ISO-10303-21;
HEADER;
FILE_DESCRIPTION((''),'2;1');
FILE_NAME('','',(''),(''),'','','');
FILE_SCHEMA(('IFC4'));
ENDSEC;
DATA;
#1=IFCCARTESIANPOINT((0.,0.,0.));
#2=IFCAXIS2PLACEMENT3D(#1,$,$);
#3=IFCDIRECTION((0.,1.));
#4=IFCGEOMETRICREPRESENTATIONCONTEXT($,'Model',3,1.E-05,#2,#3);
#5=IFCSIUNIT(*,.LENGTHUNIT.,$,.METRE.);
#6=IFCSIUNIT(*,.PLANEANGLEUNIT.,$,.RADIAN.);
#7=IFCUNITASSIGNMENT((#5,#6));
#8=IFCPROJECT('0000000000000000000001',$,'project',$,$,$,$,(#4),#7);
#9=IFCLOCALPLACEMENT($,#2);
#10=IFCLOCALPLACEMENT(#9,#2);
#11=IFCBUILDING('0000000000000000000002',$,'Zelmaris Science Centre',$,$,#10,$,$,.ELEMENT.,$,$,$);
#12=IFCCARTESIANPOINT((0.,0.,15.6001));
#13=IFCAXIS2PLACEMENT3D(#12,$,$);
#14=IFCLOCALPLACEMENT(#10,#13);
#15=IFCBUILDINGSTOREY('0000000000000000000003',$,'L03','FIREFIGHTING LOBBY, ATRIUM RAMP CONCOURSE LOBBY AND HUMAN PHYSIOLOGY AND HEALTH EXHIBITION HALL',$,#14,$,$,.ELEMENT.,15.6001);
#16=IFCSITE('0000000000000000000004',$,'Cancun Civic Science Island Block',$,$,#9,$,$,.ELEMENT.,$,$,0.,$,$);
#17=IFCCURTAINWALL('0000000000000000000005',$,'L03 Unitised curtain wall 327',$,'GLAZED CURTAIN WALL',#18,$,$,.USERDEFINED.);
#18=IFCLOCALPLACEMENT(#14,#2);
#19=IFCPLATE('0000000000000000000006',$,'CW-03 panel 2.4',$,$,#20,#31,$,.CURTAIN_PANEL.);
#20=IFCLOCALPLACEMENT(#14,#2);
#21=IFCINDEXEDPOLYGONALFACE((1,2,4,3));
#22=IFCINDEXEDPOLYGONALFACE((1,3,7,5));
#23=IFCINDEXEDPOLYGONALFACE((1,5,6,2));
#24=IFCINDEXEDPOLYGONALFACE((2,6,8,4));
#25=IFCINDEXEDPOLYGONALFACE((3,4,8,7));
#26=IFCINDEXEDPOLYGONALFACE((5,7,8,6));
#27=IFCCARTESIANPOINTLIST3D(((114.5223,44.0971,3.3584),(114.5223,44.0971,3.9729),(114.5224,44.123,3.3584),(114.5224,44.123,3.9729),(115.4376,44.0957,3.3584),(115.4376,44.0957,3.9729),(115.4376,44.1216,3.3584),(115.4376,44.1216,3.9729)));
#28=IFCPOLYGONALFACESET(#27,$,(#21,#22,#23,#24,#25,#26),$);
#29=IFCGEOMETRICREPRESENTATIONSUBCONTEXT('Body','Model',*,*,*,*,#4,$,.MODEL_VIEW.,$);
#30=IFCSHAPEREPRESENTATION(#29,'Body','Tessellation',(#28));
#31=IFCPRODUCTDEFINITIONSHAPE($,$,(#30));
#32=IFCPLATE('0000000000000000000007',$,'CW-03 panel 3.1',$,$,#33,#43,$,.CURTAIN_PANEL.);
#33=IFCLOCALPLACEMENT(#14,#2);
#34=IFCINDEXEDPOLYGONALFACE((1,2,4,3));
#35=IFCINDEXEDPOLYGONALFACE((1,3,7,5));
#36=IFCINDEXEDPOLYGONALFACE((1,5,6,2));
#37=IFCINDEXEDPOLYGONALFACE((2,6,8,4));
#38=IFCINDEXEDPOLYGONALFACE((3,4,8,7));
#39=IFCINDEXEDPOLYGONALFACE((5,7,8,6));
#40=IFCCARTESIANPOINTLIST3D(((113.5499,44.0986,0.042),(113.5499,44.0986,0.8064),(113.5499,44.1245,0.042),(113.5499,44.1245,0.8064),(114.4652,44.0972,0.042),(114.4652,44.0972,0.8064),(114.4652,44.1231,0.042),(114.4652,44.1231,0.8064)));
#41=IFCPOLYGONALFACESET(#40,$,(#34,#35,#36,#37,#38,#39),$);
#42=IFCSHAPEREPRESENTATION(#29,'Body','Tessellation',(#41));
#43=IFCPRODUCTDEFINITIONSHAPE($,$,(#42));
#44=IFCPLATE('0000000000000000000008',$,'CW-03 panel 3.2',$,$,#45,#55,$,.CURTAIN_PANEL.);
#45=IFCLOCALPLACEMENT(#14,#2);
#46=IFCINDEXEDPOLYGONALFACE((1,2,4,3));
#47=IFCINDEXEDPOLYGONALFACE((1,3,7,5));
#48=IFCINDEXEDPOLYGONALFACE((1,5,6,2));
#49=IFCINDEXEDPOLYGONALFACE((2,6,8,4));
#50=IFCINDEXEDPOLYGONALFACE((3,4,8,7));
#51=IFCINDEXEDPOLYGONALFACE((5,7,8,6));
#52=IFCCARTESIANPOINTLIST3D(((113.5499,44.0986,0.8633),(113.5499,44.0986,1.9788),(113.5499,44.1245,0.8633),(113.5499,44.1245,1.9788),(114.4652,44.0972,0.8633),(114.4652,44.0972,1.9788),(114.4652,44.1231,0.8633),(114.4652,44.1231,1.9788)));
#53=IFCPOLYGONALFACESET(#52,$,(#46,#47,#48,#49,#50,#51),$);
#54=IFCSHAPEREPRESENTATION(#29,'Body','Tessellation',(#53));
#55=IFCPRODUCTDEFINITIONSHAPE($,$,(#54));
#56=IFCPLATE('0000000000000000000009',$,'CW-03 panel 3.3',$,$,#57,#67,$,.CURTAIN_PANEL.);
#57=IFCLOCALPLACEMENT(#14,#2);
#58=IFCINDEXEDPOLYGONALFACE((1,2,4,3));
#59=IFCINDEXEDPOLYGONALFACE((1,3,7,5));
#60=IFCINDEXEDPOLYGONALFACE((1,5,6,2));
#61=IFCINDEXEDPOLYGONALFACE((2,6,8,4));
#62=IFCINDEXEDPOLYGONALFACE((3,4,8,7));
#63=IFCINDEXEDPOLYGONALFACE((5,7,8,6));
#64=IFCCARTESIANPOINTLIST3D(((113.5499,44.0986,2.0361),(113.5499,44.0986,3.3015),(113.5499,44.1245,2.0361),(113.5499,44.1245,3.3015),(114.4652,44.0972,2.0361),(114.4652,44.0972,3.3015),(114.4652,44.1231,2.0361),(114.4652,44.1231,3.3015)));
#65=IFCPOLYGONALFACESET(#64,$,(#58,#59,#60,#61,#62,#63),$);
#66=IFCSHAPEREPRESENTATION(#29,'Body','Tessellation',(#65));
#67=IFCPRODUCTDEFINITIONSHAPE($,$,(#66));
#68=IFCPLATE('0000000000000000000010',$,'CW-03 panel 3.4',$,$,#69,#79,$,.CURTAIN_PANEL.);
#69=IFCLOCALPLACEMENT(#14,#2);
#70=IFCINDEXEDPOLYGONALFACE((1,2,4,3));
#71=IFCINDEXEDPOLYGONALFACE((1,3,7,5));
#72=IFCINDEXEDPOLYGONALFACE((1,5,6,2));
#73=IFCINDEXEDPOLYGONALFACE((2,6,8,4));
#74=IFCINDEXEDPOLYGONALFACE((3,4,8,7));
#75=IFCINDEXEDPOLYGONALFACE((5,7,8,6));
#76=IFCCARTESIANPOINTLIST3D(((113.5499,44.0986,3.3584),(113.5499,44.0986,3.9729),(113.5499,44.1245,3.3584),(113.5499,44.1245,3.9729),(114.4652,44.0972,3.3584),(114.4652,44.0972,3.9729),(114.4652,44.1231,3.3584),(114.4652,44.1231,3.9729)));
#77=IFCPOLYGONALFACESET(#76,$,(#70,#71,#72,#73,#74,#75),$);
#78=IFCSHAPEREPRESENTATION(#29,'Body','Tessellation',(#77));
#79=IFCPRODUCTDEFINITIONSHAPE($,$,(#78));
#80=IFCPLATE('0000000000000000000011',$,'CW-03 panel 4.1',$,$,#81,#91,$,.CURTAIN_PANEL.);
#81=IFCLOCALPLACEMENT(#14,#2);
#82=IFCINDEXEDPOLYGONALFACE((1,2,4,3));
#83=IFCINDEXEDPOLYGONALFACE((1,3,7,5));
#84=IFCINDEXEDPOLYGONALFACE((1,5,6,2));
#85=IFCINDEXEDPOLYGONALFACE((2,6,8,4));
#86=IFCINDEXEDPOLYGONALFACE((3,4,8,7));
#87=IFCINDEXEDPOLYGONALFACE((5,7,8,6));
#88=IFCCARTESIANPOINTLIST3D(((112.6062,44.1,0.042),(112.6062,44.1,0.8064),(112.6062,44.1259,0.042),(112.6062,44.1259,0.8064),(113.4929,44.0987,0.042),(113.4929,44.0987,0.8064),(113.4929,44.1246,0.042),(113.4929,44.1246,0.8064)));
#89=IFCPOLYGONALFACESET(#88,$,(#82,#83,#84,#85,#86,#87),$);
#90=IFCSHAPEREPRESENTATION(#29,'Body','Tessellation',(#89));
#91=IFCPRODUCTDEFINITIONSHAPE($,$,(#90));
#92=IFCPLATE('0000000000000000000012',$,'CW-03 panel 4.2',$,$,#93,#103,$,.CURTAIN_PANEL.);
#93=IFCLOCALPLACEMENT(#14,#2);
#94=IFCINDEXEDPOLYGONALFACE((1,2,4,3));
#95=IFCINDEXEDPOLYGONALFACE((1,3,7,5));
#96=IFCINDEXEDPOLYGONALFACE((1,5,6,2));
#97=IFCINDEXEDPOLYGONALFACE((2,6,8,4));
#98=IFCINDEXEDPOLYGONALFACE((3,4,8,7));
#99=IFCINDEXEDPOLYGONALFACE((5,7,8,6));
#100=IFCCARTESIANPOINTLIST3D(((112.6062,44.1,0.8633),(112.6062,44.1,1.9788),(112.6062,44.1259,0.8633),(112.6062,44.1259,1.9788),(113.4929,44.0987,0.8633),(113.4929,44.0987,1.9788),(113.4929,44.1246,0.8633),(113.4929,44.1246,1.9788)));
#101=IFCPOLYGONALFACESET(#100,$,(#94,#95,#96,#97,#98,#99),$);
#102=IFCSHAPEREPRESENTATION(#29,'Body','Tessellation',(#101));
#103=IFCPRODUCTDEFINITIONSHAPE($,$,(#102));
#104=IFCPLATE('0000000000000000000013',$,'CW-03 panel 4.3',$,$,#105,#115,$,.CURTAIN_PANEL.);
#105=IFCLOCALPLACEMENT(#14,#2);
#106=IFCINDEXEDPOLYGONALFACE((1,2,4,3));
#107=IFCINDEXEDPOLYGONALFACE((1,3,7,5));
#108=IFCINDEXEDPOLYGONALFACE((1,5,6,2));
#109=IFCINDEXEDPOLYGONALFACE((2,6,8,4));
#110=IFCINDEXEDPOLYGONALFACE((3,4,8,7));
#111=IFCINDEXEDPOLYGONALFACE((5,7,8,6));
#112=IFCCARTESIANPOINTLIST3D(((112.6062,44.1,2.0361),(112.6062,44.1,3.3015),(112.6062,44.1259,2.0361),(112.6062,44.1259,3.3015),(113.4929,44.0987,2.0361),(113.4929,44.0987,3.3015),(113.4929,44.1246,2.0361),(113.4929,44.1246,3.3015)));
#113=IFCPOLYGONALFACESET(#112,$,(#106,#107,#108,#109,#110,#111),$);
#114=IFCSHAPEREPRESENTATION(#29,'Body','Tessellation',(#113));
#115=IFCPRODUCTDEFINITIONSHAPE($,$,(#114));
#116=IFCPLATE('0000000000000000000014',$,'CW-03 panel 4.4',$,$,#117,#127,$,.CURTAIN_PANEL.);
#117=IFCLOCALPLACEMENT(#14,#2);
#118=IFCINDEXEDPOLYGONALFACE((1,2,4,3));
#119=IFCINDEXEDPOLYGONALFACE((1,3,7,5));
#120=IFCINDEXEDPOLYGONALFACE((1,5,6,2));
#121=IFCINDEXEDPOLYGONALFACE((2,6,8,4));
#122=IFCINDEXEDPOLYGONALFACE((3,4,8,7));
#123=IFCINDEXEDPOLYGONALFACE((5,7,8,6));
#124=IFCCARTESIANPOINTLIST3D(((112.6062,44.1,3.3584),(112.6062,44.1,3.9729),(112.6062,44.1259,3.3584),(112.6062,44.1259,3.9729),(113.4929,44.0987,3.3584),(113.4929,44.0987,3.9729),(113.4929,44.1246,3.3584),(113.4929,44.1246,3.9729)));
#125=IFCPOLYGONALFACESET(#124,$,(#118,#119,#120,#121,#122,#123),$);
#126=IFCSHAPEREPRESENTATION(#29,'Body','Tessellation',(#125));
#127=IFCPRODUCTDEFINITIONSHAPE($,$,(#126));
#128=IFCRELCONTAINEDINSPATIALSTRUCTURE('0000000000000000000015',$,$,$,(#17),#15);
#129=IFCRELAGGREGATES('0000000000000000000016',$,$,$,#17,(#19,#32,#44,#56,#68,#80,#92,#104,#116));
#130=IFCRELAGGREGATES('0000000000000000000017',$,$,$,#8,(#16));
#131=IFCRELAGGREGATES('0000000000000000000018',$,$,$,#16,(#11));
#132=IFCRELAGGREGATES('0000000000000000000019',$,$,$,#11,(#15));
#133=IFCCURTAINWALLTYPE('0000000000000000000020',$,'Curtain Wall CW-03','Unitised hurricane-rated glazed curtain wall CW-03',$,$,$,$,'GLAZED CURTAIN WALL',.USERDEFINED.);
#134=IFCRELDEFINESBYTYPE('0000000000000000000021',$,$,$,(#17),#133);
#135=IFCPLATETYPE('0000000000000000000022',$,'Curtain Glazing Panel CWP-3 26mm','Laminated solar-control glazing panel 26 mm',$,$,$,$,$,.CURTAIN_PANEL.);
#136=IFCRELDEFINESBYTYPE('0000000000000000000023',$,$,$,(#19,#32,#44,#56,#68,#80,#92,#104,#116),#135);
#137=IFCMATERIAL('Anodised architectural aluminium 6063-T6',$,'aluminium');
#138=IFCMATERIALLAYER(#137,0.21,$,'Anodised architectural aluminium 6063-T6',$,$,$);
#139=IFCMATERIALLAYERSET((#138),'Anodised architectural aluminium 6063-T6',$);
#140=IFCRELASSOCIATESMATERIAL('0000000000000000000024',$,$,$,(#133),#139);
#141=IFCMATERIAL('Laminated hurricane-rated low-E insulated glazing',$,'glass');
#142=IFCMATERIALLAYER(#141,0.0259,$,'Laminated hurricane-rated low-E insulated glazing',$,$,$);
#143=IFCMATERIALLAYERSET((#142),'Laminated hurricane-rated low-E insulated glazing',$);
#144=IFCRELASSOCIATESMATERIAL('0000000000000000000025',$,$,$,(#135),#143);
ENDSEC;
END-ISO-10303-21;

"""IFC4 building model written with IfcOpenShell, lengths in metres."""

from ifc_helpers import new_model, si_unit, direction, frame, origin, origin_2d, place, context, subcontext, project, spatial, rectangle, extrude, material, layer, layer_set, type_object, element, aggregate, save


model = new_model("IFC4")

# Units and contexts
model_context = context("Model", 3, precision=1e-05, world=origin(), true_north=direction((0.0, 1.0)))
body_context = subcontext(model_context, "Body", "Model", "MODEL_VIEW")
ifc_project = project(units=[si_unit("LENGTHUNIT", "METRE"), si_unit("PLANEANGLEUNIT", "RADIAN")], contexts=[model_context])

# Site, building, storey
site_placement = place(None, origin())
site = spatial("IfcSite", under=ifc_project, at=site_placement, Name="Cancun Civic Science Island Block", CompositionType="ELEMENT", RefElevation=0.0)
building_placement = place(site_placement, origin())
building = spatial("IfcBuilding", under=site, at=building_placement, Name="Zelmaris Science Centre", CompositionType="ELEMENT")
storey_placement = place(building_placement, frame((0.0, 0.0, 15.6001)))
storey = spatial("IfcBuildingStorey", under=building, at=storey_placement, Name="L03", Description="FIREFIGHTING LOBBY, ATRIUM RAMP CONCOURSE LOBBY AND HUMAN PHYSIOLOGY AND HEALTH EXHIBITION HALL", CompositionType="ELEMENT", Elevation=15.6001)

# Curtain wall
ifc_material_1 = material(Name="Anodised architectural aluminium 6063-T6", Category="aluminium")
ifc_layer_1 = layer(ifc_material_1, 0.21, Name="Anodised architectural aluminium 6063-T6")
ifc_layer_set_1 = layer_set([ifc_layer_1], Name="Anodised architectural aluminium 6063-T6")
curtain_wall_type = type_object("IfcCurtainWallType", Name="Curtain Wall CW-03", Description="Unitised hurricane-rated glazed curtain wall CW-03", ElementType="GLAZED CURTAIN WALL", PredefinedType="USERDEFINED", material=ifc_layer_set_1)
curtain_wall_placement = place(storey_placement, origin())
curtain_wall = element("IfcCurtainWall", 1, at=curtain_wall_placement, inside=storey, type_object=curtain_wall_type, Name="L03 Unitised curtain wall 327", ObjectType="GLAZED CURTAIN WALL", PredefinedType="USERDEFINED")

# Plates
ifc_material_2 = material(Name="Laminated hurricane-rated low-E insulated glazing", Category="glass")
ifc_layer_2 = layer(ifc_material_2, 0.0259, Name="Laminated hurricane-rated low-E insulated glazing")
ifc_layer_set_2 = layer_set([ifc_layer_2], Name="Laminated hurricane-rated low-E insulated glazing")
plate_type = type_object("IfcPlateType", Name="Curtain Glazing Panel CWP-3 26mm", Description="Laminated solar-control glazing panel 26 mm", PredefinedType="CURTAIN_PANEL", material=ifc_layer_set_2)
plate_1_placement = place(storey_placement, frame((114.98, 44.1094, 3.3584), z_axis=(0.0, 0.0, 1.0), x_axis=(-0.999999, 0.001517, 0.0)))
plate_1 = element("IfcPlate", 2, at=plate_1_placement, type_object=plate_type, Name="CW-03 panel 2.4", PredefinedType="CURTAIN_PANEL", context=body_context, shape_type="SweptSolid", body=[
    extrude(rectangle(XDim=0.9153, YDim=0.0259, at=origin_2d()), origin(), (0.0, 0.0, 1.0), 0.6145),
])
plate_2_placement = place(storey_placement, frame((114.0076, 44.1108, 0.042), z_axis=(0.0, 0.0, 1.0), x_axis=(-0.999999, 0.001517, 0.0)))
plate_2 = element("IfcPlate", 3, at=plate_2_placement, type_object=plate_type, Name="CW-03 panel 3.1", PredefinedType="CURTAIN_PANEL", context=body_context, shape_type="SweptSolid", body=[
    extrude(rectangle(XDim=0.9153, YDim=0.0259, at=origin_2d()), origin(), (0.0, 0.0, 1.0), 0.7644),
])
plate_3_placement = place(storey_placement, frame((114.0076, 44.1108, 0.8633), z_axis=(0.0, 0.0, 1.0), x_axis=(-0.999999, 0.001517, 0.0)))
plate_3 = element("IfcPlate", 4, at=plate_3_placement, type_object=plate_type, Name="CW-03 panel 3.2", PredefinedType="CURTAIN_PANEL", context=body_context, shape_type="SweptSolid", body=[
    extrude(rectangle(XDim=0.9153, YDim=0.0259, at=origin_2d()), origin(), (0.0, 0.0, 1.0), 1.1155),
])
plate_4_placement = place(storey_placement, frame((114.0076, 44.1108, 2.0361), z_axis=(0.0, 0.0, 1.0), x_axis=(-0.999999, 0.001517, 0.0)))
plate_4 = element("IfcPlate", 5, at=plate_4_placement, type_object=plate_type, Name="CW-03 panel 3.3", PredefinedType="CURTAIN_PANEL", context=body_context, shape_type="SweptSolid", body=[
    extrude(rectangle(XDim=0.9153, YDim=0.0259, at=origin_2d()), origin(), (0.0, 0.0, 1.0), 1.2654),
])
plate_5_placement = place(storey_placement, frame((114.0076, 44.1108, 3.3584), z_axis=(0.0, 0.0, 1.0), x_axis=(-0.999999, 0.001517, 0.0)))
plate_5 = element("IfcPlate", 6, at=plate_5_placement, type_object=plate_type, Name="CW-03 panel 3.4", PredefinedType="CURTAIN_PANEL", context=body_context, shape_type="SweptSolid", body=[
    extrude(rectangle(XDim=0.9153, YDim=0.0259, at=origin_2d()), origin(), (0.0, 0.0, 1.0), 0.6145),
])
plate_6_placement = place(storey_placement, frame((113.0496, 44.1123, 0.042), z_axis=(0.0, 0.0, 1.0), x_axis=(-0.999999, 0.001517, 0.0)))
plate_6 = element("IfcPlate", 7, at=plate_6_placement, type_object=plate_type, Name="CW-03 panel 4.1", PredefinedType="CURTAIN_PANEL", context=body_context, shape_type="SweptSolid", body=[
    extrude(rectangle(XDim=0.8867, YDim=0.0259, at=origin_2d()), origin(), (0.0, 0.0, 1.0), 0.7644),
])
plate_7_placement = place(storey_placement, frame((113.0496, 44.1123, 0.8633), z_axis=(0.0, 0.0, 1.0), x_axis=(-0.999999, 0.001517, 0.0)))
plate_7 = element("IfcPlate", 8, at=plate_7_placement, type_object=plate_type, Name="CW-03 panel 4.2", PredefinedType="CURTAIN_PANEL", context=body_context, shape_type="SweptSolid", body=[
    extrude(rectangle(XDim=0.8867, YDim=0.0259, at=origin_2d()), origin(), (0.0, 0.0, 1.0), 1.1155),
])
plate_8_placement = place(storey_placement, frame((113.0496, 44.1123, 2.0361), z_axis=(0.0, 0.0, 1.0), x_axis=(-0.999999, 0.001517, 0.0)))
plate_8 = element("IfcPlate", 9, at=plate_8_placement, type_object=plate_type, Name="CW-03 panel 4.3", PredefinedType="CURTAIN_PANEL", context=body_context, shape_type="SweptSolid", body=[
    extrude(rectangle(XDim=0.8867, YDim=0.0259, at=origin_2d()), origin(), (0.0, 0.0, 1.0), 1.2654),
])
plate_9_placement = place(storey_placement, frame((113.0496, 44.1123, 3.3584), z_axis=(0.0, 0.0, 1.0), x_axis=(-0.999999, 0.001517, 0.0)))
plate_9 = element("IfcPlate", 10, at=plate_9_placement, type_object=plate_type, Name="CW-03 panel 4.4", PredefinedType="CURTAIN_PANEL", context=body_context, shape_type="SweptSolid", body=[
    extrude(rectangle(XDim=0.8867, YDim=0.0259, at=origin_2d()), origin(), (0.0, 0.0, 1.0), 0.6145),
])
aggregate(curtain_wall, [plate_1, plate_2, plate_3, plate_4, plate_5, plate_6, plate_7, plate_8, plate_9])

save(model, "model.ifc")
